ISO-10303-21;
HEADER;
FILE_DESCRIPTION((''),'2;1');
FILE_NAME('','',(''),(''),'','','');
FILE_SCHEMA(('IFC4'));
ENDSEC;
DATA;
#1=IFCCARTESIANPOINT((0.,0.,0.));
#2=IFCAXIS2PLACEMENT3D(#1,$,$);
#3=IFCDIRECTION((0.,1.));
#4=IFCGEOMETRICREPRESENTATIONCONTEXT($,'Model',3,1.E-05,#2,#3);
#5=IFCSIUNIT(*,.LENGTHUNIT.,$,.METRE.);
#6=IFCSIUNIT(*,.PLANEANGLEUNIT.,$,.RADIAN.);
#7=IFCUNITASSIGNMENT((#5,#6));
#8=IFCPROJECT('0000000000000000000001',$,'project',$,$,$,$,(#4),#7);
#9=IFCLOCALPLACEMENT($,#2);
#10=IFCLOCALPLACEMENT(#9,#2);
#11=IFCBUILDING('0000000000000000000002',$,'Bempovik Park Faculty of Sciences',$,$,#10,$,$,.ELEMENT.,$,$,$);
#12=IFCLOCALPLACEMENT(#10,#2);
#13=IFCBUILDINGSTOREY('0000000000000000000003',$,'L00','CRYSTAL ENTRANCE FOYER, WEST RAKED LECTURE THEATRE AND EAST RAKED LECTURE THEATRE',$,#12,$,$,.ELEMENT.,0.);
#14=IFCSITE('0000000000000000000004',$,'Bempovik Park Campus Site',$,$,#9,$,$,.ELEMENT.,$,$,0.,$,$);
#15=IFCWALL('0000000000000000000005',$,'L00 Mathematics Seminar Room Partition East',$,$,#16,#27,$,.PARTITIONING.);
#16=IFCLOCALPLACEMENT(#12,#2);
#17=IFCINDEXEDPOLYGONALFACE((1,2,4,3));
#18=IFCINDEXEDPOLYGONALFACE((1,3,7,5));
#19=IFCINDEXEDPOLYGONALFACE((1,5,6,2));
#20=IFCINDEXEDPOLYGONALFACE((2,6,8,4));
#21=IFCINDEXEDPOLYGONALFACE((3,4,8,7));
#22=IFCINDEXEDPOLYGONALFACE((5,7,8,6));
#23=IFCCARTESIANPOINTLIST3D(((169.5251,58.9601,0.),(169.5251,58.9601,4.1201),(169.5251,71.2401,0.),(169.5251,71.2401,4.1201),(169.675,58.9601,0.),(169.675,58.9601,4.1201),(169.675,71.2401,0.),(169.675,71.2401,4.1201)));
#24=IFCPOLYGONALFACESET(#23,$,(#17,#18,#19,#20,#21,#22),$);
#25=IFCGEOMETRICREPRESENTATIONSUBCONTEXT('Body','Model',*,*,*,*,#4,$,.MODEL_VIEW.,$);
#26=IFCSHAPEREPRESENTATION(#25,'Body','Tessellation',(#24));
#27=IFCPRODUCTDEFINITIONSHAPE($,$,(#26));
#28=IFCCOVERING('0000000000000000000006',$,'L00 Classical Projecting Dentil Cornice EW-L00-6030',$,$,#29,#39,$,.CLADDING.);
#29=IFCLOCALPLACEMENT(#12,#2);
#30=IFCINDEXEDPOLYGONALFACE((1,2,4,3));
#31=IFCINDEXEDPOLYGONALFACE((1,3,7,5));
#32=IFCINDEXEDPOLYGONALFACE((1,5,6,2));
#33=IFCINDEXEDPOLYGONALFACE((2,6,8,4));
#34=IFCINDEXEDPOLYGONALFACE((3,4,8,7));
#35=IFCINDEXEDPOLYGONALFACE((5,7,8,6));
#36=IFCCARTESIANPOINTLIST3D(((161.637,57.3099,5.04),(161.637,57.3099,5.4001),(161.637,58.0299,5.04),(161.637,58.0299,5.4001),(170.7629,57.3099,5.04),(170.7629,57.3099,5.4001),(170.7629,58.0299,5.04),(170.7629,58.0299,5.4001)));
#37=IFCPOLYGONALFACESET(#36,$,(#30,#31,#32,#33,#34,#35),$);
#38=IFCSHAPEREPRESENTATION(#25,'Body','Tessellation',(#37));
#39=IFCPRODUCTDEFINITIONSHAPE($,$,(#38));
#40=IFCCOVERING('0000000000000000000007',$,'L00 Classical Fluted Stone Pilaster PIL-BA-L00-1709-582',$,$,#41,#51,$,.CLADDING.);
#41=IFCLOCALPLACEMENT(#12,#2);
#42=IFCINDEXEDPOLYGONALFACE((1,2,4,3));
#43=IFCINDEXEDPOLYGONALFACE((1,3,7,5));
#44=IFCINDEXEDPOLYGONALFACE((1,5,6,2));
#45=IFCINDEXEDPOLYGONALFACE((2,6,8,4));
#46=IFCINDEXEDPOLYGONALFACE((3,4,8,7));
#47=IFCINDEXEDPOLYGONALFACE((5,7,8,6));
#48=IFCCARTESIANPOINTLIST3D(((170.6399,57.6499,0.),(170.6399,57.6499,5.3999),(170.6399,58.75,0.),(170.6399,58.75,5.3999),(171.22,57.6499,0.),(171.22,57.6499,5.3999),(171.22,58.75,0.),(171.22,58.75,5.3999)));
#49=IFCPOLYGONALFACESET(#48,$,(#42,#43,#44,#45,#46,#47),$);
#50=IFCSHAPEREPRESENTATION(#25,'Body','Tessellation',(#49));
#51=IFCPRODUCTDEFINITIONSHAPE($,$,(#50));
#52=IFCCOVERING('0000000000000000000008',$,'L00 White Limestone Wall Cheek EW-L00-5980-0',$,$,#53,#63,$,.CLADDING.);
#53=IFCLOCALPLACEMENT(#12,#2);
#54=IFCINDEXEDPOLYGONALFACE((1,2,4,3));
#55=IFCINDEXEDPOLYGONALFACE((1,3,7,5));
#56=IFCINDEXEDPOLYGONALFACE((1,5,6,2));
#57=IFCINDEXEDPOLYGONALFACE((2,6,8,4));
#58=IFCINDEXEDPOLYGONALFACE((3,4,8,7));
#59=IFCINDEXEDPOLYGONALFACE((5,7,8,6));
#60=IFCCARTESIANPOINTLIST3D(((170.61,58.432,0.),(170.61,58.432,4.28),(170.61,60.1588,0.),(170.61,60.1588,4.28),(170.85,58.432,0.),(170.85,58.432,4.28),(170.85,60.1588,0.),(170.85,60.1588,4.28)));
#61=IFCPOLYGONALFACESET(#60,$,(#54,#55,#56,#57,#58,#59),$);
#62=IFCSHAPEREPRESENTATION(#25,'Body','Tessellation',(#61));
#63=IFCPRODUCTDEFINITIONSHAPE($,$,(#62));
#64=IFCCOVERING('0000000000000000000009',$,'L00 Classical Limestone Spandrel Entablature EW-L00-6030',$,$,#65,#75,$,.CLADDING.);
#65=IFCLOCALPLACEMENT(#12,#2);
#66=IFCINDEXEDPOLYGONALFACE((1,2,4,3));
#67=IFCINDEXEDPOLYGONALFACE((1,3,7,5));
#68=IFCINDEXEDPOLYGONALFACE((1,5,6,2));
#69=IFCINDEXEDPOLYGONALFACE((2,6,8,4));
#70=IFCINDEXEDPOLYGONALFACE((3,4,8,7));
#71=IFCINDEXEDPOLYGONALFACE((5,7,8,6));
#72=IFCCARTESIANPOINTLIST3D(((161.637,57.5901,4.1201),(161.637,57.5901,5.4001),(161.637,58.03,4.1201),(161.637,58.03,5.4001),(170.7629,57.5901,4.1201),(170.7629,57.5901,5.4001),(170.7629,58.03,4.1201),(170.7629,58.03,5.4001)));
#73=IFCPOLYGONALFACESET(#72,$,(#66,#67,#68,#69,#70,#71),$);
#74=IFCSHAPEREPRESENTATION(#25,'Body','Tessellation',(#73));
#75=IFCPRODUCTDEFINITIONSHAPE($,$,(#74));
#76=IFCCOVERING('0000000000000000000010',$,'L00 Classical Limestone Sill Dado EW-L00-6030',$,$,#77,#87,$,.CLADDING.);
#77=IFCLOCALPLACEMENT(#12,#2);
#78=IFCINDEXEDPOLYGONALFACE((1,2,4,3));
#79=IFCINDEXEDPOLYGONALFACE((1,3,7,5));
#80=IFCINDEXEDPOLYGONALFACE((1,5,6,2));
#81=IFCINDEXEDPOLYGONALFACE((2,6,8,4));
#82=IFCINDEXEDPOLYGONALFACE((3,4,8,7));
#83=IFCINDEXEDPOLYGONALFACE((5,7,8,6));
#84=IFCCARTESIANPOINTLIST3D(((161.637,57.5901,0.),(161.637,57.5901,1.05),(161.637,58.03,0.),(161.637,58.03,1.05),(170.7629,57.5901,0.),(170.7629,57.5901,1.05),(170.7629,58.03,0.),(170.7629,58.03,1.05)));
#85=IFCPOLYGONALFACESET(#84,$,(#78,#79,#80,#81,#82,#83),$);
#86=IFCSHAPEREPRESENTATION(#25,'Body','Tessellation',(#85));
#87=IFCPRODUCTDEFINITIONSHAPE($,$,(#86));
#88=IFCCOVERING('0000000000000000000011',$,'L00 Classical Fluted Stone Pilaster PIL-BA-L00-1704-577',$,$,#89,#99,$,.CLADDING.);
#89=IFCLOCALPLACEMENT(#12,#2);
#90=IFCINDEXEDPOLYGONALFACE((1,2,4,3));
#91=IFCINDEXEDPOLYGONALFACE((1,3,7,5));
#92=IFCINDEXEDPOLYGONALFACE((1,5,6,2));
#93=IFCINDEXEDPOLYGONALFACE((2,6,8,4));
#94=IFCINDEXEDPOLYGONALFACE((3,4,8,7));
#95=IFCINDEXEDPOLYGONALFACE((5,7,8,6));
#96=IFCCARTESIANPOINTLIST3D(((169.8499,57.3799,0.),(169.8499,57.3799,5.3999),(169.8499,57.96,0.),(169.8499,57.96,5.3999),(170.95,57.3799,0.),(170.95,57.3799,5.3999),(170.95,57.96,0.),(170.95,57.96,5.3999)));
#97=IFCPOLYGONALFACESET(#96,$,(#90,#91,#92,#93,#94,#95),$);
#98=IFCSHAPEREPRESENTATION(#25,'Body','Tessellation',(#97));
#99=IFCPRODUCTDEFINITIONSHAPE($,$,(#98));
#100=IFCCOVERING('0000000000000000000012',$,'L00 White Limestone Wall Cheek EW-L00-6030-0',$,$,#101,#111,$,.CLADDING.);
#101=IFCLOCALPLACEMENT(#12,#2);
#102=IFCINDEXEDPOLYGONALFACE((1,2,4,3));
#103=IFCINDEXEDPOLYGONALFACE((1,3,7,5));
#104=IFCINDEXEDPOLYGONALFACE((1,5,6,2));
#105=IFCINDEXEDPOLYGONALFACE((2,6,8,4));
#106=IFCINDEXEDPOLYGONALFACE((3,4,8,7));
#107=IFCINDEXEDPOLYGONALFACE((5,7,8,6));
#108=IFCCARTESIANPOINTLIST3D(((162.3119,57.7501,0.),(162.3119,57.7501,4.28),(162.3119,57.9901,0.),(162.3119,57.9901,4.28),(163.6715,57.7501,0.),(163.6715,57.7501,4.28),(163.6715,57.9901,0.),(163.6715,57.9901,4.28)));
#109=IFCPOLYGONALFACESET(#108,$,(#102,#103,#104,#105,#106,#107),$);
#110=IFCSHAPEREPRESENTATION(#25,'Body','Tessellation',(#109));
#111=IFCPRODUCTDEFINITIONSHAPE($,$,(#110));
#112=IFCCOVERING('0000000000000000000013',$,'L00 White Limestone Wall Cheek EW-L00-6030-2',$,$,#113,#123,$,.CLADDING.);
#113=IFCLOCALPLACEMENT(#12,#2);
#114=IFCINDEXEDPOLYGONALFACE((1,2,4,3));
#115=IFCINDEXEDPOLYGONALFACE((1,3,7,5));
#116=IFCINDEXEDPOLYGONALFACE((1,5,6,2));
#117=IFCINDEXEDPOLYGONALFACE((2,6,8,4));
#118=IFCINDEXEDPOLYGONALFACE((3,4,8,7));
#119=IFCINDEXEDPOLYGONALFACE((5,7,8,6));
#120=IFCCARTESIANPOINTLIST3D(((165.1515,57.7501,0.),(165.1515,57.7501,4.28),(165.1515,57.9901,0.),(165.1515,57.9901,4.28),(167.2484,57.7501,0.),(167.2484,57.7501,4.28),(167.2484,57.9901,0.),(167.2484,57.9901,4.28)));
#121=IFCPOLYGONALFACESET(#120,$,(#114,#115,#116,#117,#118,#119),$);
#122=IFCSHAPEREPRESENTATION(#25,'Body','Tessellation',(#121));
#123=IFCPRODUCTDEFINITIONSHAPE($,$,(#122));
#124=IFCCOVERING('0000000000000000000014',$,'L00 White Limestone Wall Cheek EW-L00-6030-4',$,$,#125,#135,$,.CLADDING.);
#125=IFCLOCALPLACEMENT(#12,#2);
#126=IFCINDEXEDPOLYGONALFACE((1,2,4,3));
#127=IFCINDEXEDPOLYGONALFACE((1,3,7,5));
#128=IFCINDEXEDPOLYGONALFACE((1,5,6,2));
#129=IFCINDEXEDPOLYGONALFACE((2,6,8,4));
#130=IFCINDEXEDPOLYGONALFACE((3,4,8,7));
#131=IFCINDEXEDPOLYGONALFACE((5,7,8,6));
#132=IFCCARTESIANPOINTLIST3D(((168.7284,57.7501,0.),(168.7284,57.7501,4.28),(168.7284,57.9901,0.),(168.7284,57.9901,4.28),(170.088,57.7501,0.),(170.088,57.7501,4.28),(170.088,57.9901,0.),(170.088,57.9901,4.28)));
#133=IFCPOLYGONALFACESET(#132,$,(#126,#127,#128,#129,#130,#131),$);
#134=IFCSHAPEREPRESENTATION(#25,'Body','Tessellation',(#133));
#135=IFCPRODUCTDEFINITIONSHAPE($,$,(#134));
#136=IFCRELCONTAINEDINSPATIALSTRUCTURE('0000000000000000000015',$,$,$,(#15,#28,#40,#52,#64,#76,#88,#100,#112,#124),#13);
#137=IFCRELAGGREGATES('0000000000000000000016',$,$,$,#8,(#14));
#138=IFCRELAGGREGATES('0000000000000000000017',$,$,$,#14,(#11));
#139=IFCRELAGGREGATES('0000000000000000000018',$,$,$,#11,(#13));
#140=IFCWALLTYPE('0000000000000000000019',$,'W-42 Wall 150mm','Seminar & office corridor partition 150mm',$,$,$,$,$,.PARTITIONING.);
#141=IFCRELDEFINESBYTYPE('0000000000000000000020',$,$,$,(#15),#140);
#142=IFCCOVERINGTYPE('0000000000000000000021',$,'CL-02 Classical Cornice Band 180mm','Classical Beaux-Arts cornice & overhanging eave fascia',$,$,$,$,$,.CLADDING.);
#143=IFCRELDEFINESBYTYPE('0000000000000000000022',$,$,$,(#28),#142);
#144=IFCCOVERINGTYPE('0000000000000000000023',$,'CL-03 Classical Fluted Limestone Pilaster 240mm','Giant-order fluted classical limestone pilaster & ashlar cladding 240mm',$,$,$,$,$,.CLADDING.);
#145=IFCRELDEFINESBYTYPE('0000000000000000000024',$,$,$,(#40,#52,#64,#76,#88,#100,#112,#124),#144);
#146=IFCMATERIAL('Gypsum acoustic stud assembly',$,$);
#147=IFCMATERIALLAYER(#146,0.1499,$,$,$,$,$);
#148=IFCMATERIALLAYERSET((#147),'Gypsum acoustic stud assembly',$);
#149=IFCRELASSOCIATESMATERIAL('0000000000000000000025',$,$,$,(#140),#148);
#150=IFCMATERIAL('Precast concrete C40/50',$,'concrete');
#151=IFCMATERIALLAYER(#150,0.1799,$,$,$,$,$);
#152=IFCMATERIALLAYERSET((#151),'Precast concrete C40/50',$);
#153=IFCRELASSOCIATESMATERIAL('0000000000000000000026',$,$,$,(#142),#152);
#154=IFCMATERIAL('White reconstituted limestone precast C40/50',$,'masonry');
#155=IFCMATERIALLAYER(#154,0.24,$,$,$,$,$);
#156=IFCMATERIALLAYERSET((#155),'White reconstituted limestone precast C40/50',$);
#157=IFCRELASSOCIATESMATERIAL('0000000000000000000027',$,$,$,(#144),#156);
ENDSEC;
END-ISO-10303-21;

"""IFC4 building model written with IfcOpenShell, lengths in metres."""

from ifc_helpers import new_model, si_unit, direction, frame, frame_2d, origin, origin_2d, place, context, subcontext, project, spatial, rectangle, extrude, material, layer, layer_set, type_object, element, save


model = new_model("IFC4")

# Units and contexts
model_context = context("Model", 3, precision=1e-05, world=origin(), true_north=direction((0.0, 1.0)))
body_context = subcontext(model_context, "Body", "Model", "MODEL_VIEW")
ifc_project = project(units=[si_unit("LENGTHUNIT", "METRE"), si_unit("PLANEANGLEUNIT", "RADIAN")], contexts=[model_context])

# Site, building, storey
site_placement = place(None, origin())
site = spatial("IfcSite", under=ifc_project, at=site_placement, Name="Bempovik Park Campus Site", CompositionType="ELEMENT", RefElevation=0.0)
building_placement = place(site_placement, origin())
building = spatial("IfcBuilding", under=site, at=building_placement, Name="Bempovik Park Faculty of Sciences", CompositionType="ELEMENT")
storey_placement = place(building_placement, origin())
storey = spatial("IfcBuildingStorey", under=building, at=storey_placement, Name="L00", Description="CRYSTAL ENTRANCE FOYER, WEST RAKED LECTURE THEATRE AND EAST RAKED LECTURE THEATRE", CompositionType="ELEMENT", Elevation=0.0)

# Shared definitions
ifc_material_1 = material(Name="Precast concrete C40/50", Category="concrete")

# Wall
ifc_material_2 = material(Name="Gypsum acoustic stud assembly")
ifc_layer_1 = layer(ifc_material_2, 0.1499)
ifc_layer_set_1 = layer_set([ifc_layer_1], Name="Gypsum acoustic stud assembly")
wall_type_1 = type_object("IfcWallType", Name="W-42 Wall 150mm", Description="Seminar & office corridor partition 150mm", PredefinedType="PARTITIONING", material=ifc_layer_set_1)
wall_1_placement = place(storey_placement, frame((169.6001, 58.96, 0.0), z_axis=(0.0, 0.0, 1.0), x_axis=(0.0, 1.0, 0.0)))
element("IfcWall", 1, at=wall_1_placement, inside=storey, type_object=wall_type_1, Name="L00 Mathematics Seminar Room Partition East", PredefinedType="PARTITIONING", context=body_context, shape_type="SweptSolid", body=[
    extrude(rectangle(XDim=12.28, YDim=0.1499, at=frame_2d((6.1401, 0.0))), origin(), (0.0, 0.0, 1.0), 4.1201),
])

# Coverings
ifc_layer_2 = layer(ifc_material_1, 0.1799)
ifc_layer_set_2 = layer_set([ifc_layer_2], Name="Precast concrete C40/50")
covering_type_1 = type_object("IfcCoveringType", Name="CL-02 Classical Cornice Band 180mm", Description="Classical Beaux-Arts cornice & overhanging eave fascia", PredefinedType="CLADDING", material=ifc_layer_set_2)
covering_1_placement = place(storey_placement, frame((166.2, 57.6699, 5.04), z_axis=(0.0, 0.0, 1.0), x_axis=(1.0, 0.0, 0.0)))
element("IfcCovering", 2, at=covering_1_placement, inside=storey, type_object=covering_type_1, Name="L00 Classical Projecting Dentil Cornice EW-L00-6030", PredefinedType="CLADDING", context=body_context, shape_type="SweptSolid", body=[
    extrude(rectangle(XDim=9.126, YDim=0.72, at=origin_2d()), origin(), (0.0, 0.0, 1.0), 0.3601),
])
ifc_material_3 = material(Name="White reconstituted limestone precast C40/50", Category="masonry")
ifc_layer_3 = layer(ifc_material_3, 0.24)
ifc_layer_set_3 = layer_set([ifc_layer_3], Name="White reconstituted limestone precast C40/50")
covering_type_2 = type_object("IfcCoveringType", Name="CL-03 Classical Fluted Limestone Pilaster 240mm", Description="Giant-order fluted classical limestone pilaster & ashlar cladding 240mm", PredefinedType="CLADDING", material=ifc_layer_set_3)
covering_2_placement = place(storey_placement, frame((170.9299, 58.2, 0.0), z_axis=(0.0, 0.0, 1.0), x_axis=(1.0, 0.0, 0.0)))
element("IfcCovering", 3, at=covering_2_placement, inside=storey, type_object=covering_type_2, Name="L00 Classical Fluted Stone Pilaster PIL-BA-L00-1709-582", PredefinedType="CLADDING", context=body_context, shape_type="SweptSolid", body=[
    extrude(rectangle(XDim=0.5801, YDim=1.1001, at=origin_2d()), origin(), (0.0, 0.0, 1.0), 5.3999),
])
covering_3_placement = place(storey_placement, frame((170.73, 59.2954, 0.0), z_axis=(0.0, 0.0, 1.0), x_axis=(1.0, 0.0, 0.0)))
element("IfcCovering", 4, at=covering_3_placement, inside=storey, type_object=covering_type_2, Name="L00 White Limestone Wall Cheek EW-L00-5980-0", PredefinedType="CLADDING", context=body_context, shape_type="SweptSolid", body=[
    extrude(rectangle(XDim=0.24, YDim=1.7268, at=origin_2d()), origin(), (0.0, 0.0, 1.0), 4.28),
])
covering_4_placement = place(storey_placement, frame((166.2, 57.8101, 4.1201), z_axis=(0.0, 0.0, 1.0), x_axis=(1.0, 0.0, 0.0)))
element("IfcCovering", 5, at=covering_4_placement, inside=storey, type_object=covering_type_2, Name="L00 Classical Limestone Spandrel Entablature EW-L00-6030", PredefinedType="CLADDING", context=body_context, shape_type="SweptSolid", body=[
    extrude(rectangle(XDim=9.126, YDim=0.4399, at=origin_2d()), origin(), (0.0, 0.0, 1.0), 1.28),
])
covering_5_placement = place(storey_placement, frame((166.2, 57.8101, 0.0), z_axis=(0.0, 0.0, 1.0), x_axis=(1.0, 0.0, 0.0)))
element("IfcCovering", 6, at=covering_5_placement, inside=storey, type_object=covering_type_2, Name="L00 Classical Limestone Sill Dado EW-L00-6030", PredefinedType="CLADDING", context=body_context, shape_type="SweptSolid", body=[
    extrude(rectangle(XDim=9.126, YDim=0.4399, at=origin_2d()), origin(), (0.0, 0.0, 1.0), 1.05),
])
covering_6_placement = place(storey_placement, frame((170.3999, 57.6699, 0.0), z_axis=(0.0, 0.0, 1.0), x_axis=(1.0, 0.0, 0.0)))
element("IfcCovering", 7, at=covering_6_placement, inside=storey, type_object=covering_type_2, Name="L00 Classical Fluted Stone Pilaster PIL-BA-L00-1704-577", PredefinedType="CLADDING", context=body_context, shape_type="SweptSolid", body=[
    extrude(rectangle(XDim=1.1001, YDim=0.5801, at=origin_2d()), origin(), (0.0, 0.0, 1.0), 5.3999),
])
covering_7_placement = place(storey_placement, frame((162.9917, 57.8701, 0.0), z_axis=(0.0, 0.0, 1.0), x_axis=(1.0, 0.0, 0.0)))
element("IfcCovering", 8, at=covering_7_placement, inside=storey, type_object=covering_type_2, Name="L00 White Limestone Wall Cheek EW-L00-6030-0", PredefinedType="CLADDING", context=body_context, shape_type="SweptSolid", body=[
    extrude(rectangle(XDim=1.3596, YDim=0.24, at=origin_2d()), origin(), (0.0, 0.0, 1.0), 4.28),
])
covering_8_placement = place(storey_placement, frame((166.2, 57.8701, 0.0), z_axis=(0.0, 0.0, 1.0), x_axis=(1.0, 0.0, 0.0)))
element("IfcCovering", 9, at=covering_8_placement, inside=storey, type_object=covering_type_2, Name="L00 White Limestone Wall Cheek EW-L00-6030-2", PredefinedType="CLADDING", context=body_context, shape_type="SweptSolid", body=[
    extrude(rectangle(XDim=2.0969, YDim=0.24, at=origin_2d()), origin(), (0.0, 0.0, 1.0), 4.28),
])
covering_9_placement = place(storey_placement, frame((169.4082, 57.8701, 0.0), z_axis=(0.0, 0.0, 1.0), x_axis=(1.0, 0.0, 0.0)))
element("IfcCovering", 10, at=covering_9_placement, inside=storey, type_object=covering_type_2, Name="L00 White Limestone Wall Cheek EW-L00-6030-4", PredefinedType="CLADDING", context=body_context, shape_type="SweptSolid", body=[
    extrude(rectangle(XDim=1.3596, YDim=0.24, at=origin_2d()), origin(), (0.0, 0.0, 1.0), 4.28),
])

save(model, "model.ifc")
